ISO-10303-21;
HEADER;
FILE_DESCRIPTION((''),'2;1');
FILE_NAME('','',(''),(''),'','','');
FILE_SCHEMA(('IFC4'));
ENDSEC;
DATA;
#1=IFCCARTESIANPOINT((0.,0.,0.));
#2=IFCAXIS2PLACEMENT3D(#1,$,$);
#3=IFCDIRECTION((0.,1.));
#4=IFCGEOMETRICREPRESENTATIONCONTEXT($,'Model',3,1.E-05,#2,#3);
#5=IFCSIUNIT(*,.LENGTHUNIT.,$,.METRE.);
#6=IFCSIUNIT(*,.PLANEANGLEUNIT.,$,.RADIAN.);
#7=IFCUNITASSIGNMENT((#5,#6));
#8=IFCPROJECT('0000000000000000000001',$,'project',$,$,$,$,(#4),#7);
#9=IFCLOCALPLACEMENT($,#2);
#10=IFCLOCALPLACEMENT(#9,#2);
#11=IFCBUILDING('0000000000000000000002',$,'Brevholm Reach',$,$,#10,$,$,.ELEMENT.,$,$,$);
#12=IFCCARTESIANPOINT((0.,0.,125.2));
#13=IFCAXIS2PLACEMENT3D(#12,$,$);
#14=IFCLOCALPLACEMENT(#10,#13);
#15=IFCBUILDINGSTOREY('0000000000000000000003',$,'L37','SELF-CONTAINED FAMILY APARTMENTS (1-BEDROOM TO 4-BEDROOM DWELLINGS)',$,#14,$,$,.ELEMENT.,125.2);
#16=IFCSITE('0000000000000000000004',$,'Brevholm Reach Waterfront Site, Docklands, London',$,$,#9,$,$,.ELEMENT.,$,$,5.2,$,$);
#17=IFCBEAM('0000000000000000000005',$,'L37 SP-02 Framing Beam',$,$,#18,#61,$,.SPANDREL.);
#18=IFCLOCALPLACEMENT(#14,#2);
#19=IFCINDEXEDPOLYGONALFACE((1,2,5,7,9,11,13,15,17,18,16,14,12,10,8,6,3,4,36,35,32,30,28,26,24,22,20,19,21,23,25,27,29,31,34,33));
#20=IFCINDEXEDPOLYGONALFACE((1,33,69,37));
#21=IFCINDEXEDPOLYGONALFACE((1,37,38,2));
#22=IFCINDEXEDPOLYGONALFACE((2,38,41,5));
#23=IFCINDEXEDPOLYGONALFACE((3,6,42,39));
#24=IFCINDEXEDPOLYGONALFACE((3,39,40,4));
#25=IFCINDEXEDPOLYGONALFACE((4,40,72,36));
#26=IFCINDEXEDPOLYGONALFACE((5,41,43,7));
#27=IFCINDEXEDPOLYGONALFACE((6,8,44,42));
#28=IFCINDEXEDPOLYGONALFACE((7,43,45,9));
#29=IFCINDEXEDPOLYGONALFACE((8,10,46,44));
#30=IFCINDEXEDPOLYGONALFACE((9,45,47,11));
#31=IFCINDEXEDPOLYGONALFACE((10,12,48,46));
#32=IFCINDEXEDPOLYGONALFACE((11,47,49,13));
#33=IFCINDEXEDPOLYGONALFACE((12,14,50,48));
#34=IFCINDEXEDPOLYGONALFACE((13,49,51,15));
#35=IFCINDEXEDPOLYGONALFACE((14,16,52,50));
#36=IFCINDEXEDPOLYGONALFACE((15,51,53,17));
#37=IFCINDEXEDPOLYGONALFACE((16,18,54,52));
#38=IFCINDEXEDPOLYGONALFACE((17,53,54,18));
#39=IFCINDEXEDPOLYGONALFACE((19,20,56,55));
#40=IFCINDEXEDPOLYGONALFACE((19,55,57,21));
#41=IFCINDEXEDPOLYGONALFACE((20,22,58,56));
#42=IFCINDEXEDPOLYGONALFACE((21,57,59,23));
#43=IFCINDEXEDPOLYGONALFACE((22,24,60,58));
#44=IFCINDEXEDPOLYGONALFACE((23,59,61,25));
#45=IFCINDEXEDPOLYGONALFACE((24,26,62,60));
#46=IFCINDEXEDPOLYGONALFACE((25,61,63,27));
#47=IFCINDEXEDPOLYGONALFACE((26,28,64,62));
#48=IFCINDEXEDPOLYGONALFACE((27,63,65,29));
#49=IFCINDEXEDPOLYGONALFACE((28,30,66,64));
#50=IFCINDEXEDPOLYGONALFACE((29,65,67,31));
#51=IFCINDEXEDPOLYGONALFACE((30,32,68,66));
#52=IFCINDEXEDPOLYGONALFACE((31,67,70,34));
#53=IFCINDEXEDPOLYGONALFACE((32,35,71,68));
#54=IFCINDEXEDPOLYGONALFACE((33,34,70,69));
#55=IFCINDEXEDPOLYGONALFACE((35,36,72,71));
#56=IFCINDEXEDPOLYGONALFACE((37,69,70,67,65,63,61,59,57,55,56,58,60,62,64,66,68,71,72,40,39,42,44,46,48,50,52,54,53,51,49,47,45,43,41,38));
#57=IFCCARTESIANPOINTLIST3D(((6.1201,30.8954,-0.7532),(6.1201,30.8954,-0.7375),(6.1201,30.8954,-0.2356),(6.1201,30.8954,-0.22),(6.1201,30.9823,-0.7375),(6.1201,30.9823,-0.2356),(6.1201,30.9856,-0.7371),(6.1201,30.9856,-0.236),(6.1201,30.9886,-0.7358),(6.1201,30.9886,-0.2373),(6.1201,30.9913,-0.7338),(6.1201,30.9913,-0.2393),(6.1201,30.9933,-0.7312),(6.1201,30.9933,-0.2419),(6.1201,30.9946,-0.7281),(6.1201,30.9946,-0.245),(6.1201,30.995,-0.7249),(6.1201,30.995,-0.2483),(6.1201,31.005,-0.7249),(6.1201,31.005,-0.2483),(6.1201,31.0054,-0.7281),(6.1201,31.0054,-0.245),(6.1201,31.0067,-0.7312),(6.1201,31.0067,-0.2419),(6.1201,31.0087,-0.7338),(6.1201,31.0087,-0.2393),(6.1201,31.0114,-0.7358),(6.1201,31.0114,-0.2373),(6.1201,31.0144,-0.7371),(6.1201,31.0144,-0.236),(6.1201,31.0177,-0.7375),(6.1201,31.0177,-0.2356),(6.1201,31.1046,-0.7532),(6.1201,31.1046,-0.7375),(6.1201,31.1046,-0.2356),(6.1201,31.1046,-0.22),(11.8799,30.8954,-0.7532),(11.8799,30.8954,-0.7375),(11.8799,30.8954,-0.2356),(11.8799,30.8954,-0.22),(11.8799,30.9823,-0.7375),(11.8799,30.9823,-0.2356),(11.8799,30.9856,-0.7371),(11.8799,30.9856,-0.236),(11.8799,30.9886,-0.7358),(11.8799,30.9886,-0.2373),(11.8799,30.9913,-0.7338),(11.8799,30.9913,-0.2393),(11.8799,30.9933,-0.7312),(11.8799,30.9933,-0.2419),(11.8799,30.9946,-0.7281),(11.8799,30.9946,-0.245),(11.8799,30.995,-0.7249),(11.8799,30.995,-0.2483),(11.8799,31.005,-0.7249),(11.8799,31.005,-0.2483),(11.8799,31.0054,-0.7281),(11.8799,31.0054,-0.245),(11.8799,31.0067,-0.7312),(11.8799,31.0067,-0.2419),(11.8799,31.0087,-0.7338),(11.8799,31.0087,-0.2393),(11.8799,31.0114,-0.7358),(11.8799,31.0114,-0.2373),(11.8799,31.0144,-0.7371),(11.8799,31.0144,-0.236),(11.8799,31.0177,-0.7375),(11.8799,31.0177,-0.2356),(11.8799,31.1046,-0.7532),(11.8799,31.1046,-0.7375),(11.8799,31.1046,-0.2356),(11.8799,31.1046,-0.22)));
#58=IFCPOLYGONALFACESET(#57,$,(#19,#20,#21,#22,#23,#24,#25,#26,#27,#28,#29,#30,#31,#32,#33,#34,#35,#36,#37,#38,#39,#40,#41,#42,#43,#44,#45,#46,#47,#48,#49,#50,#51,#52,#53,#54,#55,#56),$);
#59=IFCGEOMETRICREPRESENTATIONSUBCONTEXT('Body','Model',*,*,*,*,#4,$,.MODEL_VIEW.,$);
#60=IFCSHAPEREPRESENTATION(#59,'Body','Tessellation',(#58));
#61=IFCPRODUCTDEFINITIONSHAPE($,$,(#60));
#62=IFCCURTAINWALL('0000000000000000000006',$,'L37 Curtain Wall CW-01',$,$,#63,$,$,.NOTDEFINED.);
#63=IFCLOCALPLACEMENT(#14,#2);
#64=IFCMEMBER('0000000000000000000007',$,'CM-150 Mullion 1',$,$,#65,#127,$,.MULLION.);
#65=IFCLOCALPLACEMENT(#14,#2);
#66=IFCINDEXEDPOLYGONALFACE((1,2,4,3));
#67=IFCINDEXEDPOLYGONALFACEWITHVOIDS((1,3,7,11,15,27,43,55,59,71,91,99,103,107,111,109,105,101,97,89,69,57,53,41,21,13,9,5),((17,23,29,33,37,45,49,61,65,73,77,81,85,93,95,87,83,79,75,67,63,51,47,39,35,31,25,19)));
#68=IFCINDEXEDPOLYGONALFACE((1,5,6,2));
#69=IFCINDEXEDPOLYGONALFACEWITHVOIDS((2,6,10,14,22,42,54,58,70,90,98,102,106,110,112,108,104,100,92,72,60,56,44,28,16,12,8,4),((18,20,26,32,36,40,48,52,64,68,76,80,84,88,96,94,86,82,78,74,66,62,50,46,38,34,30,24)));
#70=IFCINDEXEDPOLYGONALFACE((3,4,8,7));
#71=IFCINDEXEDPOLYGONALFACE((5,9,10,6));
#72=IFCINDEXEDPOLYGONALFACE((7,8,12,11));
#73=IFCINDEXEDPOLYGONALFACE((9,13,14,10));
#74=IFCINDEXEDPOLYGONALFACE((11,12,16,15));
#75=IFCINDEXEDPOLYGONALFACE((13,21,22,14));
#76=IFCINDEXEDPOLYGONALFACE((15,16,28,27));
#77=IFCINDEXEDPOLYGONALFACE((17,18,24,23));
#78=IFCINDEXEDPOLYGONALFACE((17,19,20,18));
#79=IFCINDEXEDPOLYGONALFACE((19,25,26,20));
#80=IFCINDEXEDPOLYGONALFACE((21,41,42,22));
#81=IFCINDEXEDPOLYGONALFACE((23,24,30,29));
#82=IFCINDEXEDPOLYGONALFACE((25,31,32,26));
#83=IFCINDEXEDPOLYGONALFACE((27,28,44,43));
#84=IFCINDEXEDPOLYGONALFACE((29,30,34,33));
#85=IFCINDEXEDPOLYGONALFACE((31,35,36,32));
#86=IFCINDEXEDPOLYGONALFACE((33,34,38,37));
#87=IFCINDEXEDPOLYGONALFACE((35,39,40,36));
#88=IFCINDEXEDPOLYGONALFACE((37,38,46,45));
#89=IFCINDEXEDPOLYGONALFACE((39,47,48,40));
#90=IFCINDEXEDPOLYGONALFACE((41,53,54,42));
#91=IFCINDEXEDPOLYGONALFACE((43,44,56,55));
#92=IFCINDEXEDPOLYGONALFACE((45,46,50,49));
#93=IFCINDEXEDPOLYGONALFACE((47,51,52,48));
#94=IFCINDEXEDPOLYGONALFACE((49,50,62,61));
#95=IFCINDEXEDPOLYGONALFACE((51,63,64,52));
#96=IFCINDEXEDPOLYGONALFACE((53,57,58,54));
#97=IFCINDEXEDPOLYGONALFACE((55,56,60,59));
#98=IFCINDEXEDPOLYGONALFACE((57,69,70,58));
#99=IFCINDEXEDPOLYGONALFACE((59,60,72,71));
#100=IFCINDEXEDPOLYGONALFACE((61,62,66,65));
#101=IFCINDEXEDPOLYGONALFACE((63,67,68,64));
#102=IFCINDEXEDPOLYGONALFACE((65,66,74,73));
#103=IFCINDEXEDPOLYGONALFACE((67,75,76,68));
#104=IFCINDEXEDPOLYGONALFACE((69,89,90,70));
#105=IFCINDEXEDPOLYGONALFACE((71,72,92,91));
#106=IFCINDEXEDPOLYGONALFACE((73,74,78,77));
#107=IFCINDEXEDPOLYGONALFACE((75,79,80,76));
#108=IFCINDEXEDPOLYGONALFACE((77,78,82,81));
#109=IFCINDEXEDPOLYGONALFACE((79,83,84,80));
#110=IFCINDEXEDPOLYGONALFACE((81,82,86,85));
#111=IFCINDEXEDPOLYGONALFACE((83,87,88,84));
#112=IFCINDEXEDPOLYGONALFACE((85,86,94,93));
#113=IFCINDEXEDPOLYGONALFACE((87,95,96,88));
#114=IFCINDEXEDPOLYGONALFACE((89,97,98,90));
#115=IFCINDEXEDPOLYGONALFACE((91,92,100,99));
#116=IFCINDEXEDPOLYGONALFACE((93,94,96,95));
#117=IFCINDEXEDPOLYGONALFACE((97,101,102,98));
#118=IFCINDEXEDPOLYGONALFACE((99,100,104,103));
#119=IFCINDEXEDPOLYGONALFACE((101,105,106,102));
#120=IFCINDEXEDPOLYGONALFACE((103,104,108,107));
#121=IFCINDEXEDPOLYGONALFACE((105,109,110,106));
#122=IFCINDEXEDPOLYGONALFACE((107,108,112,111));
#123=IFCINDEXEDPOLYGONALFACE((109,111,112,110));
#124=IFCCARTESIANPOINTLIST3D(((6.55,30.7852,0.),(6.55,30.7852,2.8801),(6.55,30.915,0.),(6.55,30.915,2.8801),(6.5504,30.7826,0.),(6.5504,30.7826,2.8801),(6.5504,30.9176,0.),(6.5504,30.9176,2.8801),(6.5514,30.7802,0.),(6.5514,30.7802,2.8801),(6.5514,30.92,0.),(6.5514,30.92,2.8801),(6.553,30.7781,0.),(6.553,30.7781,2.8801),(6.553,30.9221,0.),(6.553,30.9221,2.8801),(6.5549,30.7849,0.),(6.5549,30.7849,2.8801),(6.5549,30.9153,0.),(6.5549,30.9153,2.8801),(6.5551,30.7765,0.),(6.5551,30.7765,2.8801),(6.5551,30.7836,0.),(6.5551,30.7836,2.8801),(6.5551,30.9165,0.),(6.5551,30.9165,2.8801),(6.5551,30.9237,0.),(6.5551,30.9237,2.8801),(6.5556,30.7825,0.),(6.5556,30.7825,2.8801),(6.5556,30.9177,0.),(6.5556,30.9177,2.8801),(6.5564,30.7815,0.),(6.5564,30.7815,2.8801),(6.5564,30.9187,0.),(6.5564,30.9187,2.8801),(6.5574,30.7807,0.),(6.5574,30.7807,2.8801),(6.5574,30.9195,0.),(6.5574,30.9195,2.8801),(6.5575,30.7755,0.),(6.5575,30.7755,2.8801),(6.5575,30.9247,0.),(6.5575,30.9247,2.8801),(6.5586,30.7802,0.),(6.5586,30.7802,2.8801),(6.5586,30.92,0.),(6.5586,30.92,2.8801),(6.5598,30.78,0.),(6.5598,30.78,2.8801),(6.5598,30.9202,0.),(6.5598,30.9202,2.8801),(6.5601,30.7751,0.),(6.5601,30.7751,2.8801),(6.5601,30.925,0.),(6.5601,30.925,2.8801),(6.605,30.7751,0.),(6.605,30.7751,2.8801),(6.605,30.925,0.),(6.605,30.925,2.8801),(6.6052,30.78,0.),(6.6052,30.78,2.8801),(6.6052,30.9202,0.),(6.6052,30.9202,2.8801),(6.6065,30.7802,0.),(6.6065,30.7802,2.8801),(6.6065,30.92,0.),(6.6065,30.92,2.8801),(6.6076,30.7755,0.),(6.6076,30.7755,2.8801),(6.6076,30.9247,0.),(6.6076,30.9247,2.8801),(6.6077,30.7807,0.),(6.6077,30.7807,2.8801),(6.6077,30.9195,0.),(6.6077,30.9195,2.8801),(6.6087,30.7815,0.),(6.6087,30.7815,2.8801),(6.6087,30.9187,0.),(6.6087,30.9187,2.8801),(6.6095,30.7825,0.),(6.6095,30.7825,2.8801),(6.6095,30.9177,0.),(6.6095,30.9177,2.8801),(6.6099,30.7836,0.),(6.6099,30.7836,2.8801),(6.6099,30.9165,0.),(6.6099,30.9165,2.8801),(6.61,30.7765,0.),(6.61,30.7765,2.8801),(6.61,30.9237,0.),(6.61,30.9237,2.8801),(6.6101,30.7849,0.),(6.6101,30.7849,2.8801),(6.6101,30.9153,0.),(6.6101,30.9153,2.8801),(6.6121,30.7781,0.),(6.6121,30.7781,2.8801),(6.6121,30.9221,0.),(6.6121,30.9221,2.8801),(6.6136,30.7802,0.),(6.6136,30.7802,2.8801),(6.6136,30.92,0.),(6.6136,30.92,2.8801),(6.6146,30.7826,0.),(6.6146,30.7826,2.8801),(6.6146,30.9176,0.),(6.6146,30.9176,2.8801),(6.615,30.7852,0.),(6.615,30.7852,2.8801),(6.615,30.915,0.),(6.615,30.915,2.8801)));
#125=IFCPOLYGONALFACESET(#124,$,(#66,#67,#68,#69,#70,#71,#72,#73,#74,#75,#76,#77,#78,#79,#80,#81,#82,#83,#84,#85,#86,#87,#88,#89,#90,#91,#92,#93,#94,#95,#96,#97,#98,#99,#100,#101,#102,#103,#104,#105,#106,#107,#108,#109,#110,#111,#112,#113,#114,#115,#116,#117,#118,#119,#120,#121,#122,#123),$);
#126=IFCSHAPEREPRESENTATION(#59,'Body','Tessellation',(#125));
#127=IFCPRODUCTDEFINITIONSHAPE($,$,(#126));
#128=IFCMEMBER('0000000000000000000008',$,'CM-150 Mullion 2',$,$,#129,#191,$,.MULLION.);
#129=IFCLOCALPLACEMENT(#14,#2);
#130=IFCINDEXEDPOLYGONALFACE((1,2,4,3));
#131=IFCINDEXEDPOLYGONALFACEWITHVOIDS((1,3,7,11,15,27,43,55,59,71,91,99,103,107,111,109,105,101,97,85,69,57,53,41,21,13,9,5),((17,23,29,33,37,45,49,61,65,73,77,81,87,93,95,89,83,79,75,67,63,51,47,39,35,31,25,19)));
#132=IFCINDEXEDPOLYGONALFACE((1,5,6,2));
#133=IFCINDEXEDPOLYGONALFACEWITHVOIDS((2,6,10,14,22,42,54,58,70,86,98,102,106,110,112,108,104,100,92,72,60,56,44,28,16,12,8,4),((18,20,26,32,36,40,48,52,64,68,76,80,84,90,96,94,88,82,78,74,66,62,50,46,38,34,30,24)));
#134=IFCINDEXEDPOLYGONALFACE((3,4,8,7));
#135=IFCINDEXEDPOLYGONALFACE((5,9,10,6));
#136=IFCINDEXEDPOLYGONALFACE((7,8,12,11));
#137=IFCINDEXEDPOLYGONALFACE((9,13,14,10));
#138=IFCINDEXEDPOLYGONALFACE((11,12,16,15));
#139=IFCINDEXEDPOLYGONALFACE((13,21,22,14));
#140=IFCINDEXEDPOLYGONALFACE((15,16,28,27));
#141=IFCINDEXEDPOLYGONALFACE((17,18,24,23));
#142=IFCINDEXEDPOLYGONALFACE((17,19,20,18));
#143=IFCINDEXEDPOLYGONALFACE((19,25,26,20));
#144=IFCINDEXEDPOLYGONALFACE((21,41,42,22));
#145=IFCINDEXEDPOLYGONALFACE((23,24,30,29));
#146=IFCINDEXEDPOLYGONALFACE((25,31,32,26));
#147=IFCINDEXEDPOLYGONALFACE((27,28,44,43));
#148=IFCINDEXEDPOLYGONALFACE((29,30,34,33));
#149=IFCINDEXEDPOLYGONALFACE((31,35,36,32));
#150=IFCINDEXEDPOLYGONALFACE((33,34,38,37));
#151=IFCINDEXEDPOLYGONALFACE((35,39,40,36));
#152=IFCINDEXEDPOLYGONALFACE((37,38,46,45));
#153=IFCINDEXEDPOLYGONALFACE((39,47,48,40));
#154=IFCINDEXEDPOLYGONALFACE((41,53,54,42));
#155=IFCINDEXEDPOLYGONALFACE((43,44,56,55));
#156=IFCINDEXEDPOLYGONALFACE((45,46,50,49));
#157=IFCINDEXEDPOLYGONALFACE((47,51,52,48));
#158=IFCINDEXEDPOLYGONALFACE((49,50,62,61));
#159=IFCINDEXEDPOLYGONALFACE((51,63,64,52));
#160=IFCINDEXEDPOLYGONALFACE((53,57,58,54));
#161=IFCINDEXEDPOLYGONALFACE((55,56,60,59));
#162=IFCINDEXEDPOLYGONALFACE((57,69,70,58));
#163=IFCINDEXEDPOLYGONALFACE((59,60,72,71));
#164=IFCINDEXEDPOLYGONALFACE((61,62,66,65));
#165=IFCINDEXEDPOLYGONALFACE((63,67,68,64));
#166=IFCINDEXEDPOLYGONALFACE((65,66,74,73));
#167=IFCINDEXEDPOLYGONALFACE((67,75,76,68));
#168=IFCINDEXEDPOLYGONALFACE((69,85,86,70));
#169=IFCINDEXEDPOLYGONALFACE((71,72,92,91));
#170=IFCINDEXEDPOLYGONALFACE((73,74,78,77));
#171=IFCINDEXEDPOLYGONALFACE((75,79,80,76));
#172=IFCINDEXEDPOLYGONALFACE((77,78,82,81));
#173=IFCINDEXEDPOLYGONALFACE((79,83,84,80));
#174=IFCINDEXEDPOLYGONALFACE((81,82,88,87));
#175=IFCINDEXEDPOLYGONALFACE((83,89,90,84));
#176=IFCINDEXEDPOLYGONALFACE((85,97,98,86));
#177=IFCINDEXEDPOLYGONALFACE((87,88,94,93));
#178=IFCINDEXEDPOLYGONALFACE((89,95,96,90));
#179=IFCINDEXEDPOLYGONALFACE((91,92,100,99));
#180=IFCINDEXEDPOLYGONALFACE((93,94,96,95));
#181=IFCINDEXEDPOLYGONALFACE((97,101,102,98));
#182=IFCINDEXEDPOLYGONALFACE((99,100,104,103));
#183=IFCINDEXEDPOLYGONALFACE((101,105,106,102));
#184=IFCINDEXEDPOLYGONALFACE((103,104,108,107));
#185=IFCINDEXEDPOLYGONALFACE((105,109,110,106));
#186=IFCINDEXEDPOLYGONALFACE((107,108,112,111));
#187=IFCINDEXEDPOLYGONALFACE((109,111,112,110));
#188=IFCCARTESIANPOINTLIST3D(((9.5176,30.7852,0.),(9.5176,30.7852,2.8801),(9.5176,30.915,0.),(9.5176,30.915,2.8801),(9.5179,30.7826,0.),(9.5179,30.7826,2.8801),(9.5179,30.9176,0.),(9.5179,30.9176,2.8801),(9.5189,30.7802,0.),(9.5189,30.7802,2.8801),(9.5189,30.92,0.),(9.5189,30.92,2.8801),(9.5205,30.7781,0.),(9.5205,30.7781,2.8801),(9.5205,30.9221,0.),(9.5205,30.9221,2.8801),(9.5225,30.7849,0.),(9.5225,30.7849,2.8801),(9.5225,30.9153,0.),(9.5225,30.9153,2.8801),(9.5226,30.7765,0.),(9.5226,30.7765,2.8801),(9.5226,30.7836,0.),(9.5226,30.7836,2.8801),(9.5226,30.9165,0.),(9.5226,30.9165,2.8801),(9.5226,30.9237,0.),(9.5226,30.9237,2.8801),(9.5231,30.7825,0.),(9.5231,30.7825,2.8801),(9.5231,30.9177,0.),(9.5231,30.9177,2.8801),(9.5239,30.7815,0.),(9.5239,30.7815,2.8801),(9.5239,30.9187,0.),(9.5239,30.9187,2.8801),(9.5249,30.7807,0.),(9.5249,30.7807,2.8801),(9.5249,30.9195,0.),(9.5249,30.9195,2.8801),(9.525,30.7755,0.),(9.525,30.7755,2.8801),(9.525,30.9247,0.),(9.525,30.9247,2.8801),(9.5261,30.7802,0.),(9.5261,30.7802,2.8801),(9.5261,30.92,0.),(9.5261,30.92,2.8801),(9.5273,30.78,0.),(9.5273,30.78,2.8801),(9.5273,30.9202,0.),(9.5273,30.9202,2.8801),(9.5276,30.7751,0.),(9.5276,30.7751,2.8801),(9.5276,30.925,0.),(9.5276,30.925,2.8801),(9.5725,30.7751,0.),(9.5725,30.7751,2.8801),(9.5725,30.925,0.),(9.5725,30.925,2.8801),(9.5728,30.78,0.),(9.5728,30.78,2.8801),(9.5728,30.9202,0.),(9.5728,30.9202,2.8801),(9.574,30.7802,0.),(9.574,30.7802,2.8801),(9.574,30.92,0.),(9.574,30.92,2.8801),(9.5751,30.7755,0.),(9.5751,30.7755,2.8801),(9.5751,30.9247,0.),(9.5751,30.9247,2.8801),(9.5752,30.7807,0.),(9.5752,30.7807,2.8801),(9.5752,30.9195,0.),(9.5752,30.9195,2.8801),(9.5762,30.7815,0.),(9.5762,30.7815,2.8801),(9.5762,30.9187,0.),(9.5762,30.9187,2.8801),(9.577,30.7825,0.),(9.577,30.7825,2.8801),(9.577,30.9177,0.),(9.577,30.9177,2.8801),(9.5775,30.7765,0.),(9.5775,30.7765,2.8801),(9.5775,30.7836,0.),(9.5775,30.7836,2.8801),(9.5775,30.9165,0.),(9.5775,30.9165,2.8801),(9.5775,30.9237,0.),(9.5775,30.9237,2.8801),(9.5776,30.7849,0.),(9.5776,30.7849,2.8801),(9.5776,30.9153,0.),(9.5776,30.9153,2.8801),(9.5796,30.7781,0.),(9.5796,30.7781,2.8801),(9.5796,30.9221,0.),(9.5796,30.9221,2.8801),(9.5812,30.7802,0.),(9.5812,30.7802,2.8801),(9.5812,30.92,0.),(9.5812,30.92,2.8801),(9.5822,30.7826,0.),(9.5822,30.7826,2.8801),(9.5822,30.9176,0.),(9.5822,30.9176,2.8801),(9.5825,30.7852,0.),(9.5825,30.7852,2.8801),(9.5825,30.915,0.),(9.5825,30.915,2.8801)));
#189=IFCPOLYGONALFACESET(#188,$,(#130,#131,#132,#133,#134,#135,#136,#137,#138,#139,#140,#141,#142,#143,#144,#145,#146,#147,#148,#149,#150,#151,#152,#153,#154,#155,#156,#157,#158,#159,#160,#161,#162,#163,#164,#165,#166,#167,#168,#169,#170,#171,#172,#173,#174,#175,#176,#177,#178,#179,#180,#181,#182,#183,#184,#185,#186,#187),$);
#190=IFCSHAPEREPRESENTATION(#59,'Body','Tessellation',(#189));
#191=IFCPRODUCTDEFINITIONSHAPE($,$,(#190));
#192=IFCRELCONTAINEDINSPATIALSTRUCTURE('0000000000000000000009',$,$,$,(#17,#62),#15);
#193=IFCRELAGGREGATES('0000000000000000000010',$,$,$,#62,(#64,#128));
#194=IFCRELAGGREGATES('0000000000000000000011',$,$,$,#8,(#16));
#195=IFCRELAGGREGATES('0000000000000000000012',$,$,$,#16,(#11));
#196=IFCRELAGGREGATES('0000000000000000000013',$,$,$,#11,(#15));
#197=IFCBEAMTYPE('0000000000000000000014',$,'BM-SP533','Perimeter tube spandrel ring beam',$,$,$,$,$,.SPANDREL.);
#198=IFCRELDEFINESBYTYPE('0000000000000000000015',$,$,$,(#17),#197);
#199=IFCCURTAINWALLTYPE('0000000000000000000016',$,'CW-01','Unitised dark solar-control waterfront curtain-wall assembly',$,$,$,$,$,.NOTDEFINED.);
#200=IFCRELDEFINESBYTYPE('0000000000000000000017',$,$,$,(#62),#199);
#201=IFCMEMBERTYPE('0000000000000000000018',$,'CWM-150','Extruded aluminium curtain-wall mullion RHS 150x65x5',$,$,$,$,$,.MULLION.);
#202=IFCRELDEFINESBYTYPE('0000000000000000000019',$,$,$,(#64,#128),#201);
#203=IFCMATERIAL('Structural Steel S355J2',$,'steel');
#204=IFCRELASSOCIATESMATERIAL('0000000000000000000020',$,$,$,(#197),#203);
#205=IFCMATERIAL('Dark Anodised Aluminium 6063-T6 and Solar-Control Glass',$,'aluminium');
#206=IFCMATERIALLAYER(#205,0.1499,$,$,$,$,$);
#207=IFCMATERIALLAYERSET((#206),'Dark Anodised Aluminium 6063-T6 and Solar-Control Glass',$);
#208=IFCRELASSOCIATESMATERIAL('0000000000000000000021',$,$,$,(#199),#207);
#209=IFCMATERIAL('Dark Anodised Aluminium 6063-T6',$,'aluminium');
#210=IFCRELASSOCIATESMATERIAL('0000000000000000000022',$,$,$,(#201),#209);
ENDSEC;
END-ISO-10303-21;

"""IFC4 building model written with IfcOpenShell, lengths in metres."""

from ifc_helpers import new_model, si_unit, direction, frame, origin, origin_2d, place, context, subcontext, project, spatial, hollow_rectangle, i_section, extrude, material, layer, layer_set, material_profile, profile_set, type_object, element, aggregate, save


model = new_model("IFC4")

# Units and contexts
model_context = context("Model", 3, precision=1e-05, world=origin(), true_north=direction((0.0, 1.0)))
body_context = subcontext(model_context, "Body", "Model", "MODEL_VIEW")
ifc_project = project(units=[si_unit("LENGTHUNIT", "METRE"), si_unit("PLANEANGLEUNIT", "RADIAN")], contexts=[model_context])

# Site, building, storey
site_placement = place(None, origin())
site = spatial("IfcSite", under=ifc_project, at=site_placement, Name="Brevholm Reach Waterfront Site, Docklands, London", CompositionType="ELEMENT", RefElevation=5.2)
building_placement = place(site_placement, origin())
building = spatial("IfcBuilding", under=site, at=building_placement, Name="Brevholm Reach", CompositionType="ELEMENT")
storey_placement = place(building_placement, frame((0.0, 0.0, 125.2)))
storey = spatial("IfcBuildingStorey", under=building, at=storey_placement, Name="L37", Description="SELF-CONTAINED FAMILY APARTMENTS (1-BEDROOM TO 4-BEDROOM DWELLINGS)", CompositionType="ELEMENT", Elevation=125.2)

# Beam
ifc_material_1 = material(Name="Structural Steel S355J2", Category="steel")
ifc_material_profile_1 = material_profile(ifc_material_1, i_section(OverallWidth=0.2092, OverallDepth=0.5332, WebThickness=0.01, FlangeThickness=0.0156, FilletRadius=0.0127, at=origin_2d()), Name="UKB 533x210x92")
ifc_profile_set_1 = profile_set([ifc_material_profile_1], Name="Structural Steel S355J2")
beam_type = type_object("IfcBeamType", Name="BM-SP533", Description="Perimeter tube spandrel ring beam", PredefinedType="SPANDREL", material=ifc_profile_set_1)
beam_placement = place(storey_placement, frame((6.1201, 31.0, -0.4866), z_axis=(1.0, 0.0, 0.0), x_axis=(0.0, 1.0, 0.0)))
element("IfcBeam", 1, at=beam_placement, inside=storey, type_object=beam_type, Name="L37 SP-02 Framing Beam", PredefinedType="SPANDREL", context=body_context, shape_type="SweptSolid", body=[
    extrude(i_section(OverallWidth=0.2092, OverallDepth=0.5332, WebThickness=0.01, FlangeThickness=0.0156, FilletRadius=0.0127, at=origin_2d()), origin(), (0.0, 0.0, 1.0), 5.7598),
])

# Curtain wall, members
ifc_material_2 = material(Name="Dark Anodised Aluminium 6063-T6 and Solar-Control Glass", Category="aluminium")
ifc_layer_1 = layer(ifc_material_2, 0.1499)
ifc_layer_set_1 = layer_set([ifc_layer_1], Name="Dark Anodised Aluminium 6063-T6 and Solar-Control Glass")
curtain_wall_type = type_object("IfcCurtainWallType", Name="CW-01", Description="Unitised dark solar-control waterfront curtain-wall assembly", PredefinedType="NOTDEFINED", material=ifc_layer_set_1)
curtain_wall_placement = place(storey_placement, origin())
curtain_wall = element("IfcCurtainWall", 2, at=curtain_wall_placement, inside=storey, type_object=curtain_wall_type, Name="L37 Curtain Wall CW-01", PredefinedType="NOTDEFINED")
ifc_material_3 = material(Name="Dark Anodised Aluminium 6063-T6", Category="aluminium")
ifc_material_profile_2 = material_profile(ifc_material_3, hollow_rectangle(XDim=0.0649, YDim=0.1499, WallThickness=0.0049, InnerFilletRadius=0.0049, OuterFilletRadius=0.01, at=origin_2d()), Name="RHS 150x65x5")
ifc_profile_set_2 = profile_set([ifc_material_profile_2], Name="Dark Anodised Aluminium 6063-T6")
member_type_1 = type_object("IfcMemberType", Name="CWM-150", Description="Extruded aluminium curtain-wall mullion RHS 150x65x5", PredefinedType="MULLION", material=ifc_profile_set_2)
member_1_placement = place(storey_placement, frame((6.5825, 30.8501, 0.0), z_axis=(0.0, 0.0, 1.0), x_axis=(1.0, 0.0, 0.0)))
member_1 = element("IfcMember", 3, at=member_1_placement, type_object=member_type_1, Name="CM-150 Mullion 1", PredefinedType="MULLION", context=body_context, shape_type="SweptSolid", body=[
    extrude(hollow_rectangle(XDim=0.0649, YDim=0.1499, WallThickness=0.0049, InnerFilletRadius=0.0049, OuterFilletRadius=0.01, at=origin_2d()), origin(), (0.0, 0.0, 1.0), 2.8801),
])
member_2_placement = place(storey_placement, frame((9.55, 30.8501, 0.0), z_axis=(0.0, 0.0, 1.0), x_axis=(1.0, 0.0, 0.0)))
member_2 = element("IfcMember", 4, at=member_2_placement, type_object=member_type_1, Name="CM-150 Mullion 2", PredefinedType="MULLION", context=body_context, shape_type="SweptSolid", body=[
    extrude(hollow_rectangle(XDim=0.0649, YDim=0.1499, WallThickness=0.0049, InnerFilletRadius=0.0049, OuterFilletRadius=0.01, at=origin_2d()), origin(), (0.0, 0.0, 1.0), 2.8801),
])
aggregate(curtain_wall, [member_1, member_2])

save(model, "model.ifc")
